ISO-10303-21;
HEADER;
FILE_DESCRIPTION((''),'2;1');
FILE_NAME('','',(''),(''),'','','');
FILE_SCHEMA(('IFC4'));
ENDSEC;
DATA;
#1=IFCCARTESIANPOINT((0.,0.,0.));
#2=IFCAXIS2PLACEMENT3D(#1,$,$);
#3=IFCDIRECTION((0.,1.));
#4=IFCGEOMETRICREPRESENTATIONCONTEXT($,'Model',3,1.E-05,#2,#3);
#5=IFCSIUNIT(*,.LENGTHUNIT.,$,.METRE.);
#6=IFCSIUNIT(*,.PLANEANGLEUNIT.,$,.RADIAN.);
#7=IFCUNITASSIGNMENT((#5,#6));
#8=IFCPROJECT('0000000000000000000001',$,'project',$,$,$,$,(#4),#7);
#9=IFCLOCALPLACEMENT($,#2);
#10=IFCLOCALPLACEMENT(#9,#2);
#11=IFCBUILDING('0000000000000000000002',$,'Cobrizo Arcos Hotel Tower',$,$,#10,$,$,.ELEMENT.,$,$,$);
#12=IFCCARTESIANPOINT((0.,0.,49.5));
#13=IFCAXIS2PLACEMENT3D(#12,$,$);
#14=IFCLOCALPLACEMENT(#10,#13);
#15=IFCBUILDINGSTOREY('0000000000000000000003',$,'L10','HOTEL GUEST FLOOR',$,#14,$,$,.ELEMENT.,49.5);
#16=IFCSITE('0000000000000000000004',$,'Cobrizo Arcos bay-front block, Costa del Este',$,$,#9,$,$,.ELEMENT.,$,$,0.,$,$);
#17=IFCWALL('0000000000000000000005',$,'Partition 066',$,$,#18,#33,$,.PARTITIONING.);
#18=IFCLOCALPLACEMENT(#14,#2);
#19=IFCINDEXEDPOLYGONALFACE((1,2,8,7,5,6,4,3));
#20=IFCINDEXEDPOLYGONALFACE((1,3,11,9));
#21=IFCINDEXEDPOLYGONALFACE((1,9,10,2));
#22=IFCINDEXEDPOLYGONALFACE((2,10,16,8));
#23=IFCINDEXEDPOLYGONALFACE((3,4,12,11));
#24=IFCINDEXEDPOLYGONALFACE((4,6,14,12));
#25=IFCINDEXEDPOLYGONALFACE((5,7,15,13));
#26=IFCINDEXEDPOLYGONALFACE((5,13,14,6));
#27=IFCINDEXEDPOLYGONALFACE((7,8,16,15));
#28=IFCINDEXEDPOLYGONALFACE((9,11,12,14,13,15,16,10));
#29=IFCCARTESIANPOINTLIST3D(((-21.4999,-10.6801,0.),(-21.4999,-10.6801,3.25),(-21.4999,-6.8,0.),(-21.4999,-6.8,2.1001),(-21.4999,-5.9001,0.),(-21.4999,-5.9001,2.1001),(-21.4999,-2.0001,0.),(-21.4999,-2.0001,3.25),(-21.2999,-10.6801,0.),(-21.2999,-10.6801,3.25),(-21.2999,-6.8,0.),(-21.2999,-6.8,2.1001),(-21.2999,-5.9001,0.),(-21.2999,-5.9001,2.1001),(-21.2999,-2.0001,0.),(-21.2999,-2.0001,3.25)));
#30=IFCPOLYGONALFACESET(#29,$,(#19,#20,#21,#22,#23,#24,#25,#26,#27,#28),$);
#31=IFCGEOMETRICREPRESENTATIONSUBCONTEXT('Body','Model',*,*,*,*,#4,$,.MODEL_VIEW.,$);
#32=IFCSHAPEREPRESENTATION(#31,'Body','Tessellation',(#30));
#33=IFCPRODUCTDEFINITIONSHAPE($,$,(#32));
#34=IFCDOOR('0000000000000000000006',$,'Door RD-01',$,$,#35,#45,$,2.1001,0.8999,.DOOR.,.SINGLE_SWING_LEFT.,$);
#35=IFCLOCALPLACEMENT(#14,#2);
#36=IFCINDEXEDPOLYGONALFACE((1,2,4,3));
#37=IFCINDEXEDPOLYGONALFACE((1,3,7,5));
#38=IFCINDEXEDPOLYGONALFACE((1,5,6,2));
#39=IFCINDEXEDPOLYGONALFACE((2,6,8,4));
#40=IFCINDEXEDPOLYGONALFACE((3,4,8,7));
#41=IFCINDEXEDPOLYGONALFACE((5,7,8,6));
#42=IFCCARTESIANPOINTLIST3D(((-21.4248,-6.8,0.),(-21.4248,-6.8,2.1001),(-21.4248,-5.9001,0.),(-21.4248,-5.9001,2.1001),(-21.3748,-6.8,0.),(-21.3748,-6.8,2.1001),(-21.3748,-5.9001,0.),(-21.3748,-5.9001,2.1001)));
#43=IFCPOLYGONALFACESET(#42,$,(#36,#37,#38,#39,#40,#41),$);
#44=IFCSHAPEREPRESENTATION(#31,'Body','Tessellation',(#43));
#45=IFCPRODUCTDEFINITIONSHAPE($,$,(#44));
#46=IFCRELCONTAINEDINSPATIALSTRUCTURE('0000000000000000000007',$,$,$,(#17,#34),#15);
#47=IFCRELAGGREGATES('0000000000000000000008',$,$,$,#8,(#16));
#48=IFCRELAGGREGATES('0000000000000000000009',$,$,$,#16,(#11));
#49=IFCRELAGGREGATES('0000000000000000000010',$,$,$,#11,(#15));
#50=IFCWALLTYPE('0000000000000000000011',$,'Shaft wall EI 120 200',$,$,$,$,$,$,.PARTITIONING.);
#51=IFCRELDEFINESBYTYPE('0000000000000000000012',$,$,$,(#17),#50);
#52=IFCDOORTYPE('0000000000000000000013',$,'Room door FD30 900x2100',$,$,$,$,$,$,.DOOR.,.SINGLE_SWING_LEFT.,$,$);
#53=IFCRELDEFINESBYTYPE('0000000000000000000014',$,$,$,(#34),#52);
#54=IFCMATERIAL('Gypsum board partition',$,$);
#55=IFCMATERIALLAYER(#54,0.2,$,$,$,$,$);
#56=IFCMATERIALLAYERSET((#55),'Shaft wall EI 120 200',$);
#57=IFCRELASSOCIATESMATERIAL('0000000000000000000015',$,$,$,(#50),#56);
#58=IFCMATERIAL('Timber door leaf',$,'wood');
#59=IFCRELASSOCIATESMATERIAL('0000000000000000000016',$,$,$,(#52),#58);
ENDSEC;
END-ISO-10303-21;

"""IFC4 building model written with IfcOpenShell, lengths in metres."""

from ifc_helpers import new_model, si_unit, direction, frame, frame_2d, origin, place, context, subcontext, project, spatial, rectangle, extrude, material, layer, layer_set, type_object, element, fill, save


model = new_model("IFC4")

# Units and contexts
model_context = context("Model", 3, precision=1e-05, world=origin(), true_north=direction((0.0, 1.0)))
body_context = subcontext(model_context, "Body", "Model", "MODEL_VIEW")
ifc_project = project(units=[si_unit("LENGTHUNIT", "METRE"), si_unit("PLANEANGLEUNIT", "RADIAN")], contexts=[model_context])

# Site, building, storey
site_placement = place(None, origin())
site = spatial("IfcSite", under=ifc_project, at=site_placement, Name="Cobrizo Arcos bay-front block, Costa del Este", CompositionType="ELEMENT", RefElevation=0.0)
building_placement = place(site_placement, origin())
building = spatial("IfcBuilding", under=site, at=building_placement, Name="Cobrizo Arcos Hotel Tower", CompositionType="ELEMENT")
storey_placement = place(building_placement, frame((0.0, 0.0, 49.5)))
storey = spatial("IfcBuildingStorey", under=building, at=storey_placement, Name="L10", Description="HOTEL GUEST FLOOR", CompositionType="ELEMENT", Elevation=49.5)

# Shared definitions
ifc_material_1 = material(Name="Gypsum board partition")

# Shared definitions
ifc_material_2 = material(Name="Timber door leaf", Category="wood")

# Wall, opening, door
ifc_layer_1 = layer(ifc_material_1, 0.2)
ifc_layer_set_1 = layer_set([ifc_layer_1], Name="Shaft wall EI 120 200")
wall_type_1 = type_object("IfcWallType", Name="Shaft wall EI 120 200", PredefinedType="PARTITIONING", material=ifc_layer_set_1)
wall_1_placement = place(storey_placement, frame((-21.3999, -10.6799, 0.0), z_axis=(0.0, 0.0, 1.0), x_axis=(0.0, 1.0, 0.0)))
wall_1 = element("IfcWall", 1, at=wall_1_placement, inside=storey, type_object=wall_type_1, Name="Partition 066", PredefinedType="PARTITIONING", context=body_context, shape_type="SweptSolid", body=[
    extrude(rectangle(XDim=8.6799, YDim=0.2, at=frame_2d((4.3398, 0.0))), origin(), (0.0, 0.0, 1.0), 3.25),
])
opening_1_placement = place(wall_1_placement, frame((3.8799, 0.0, 0.0)))
opening_1 = element("IfcOpeningElement", 2, at=opening_1_placement, cuts=wall_1, PredefinedType="OPENING", context=body_context, shape_type="SweptSolid", body=[
    extrude(rectangle(XDim=0.8999, YDim=2.1001, at=frame_2d((0.45, 1.05))), frame((0.0, 0.1121, 0.0), z_axis=(0.0, -1.0, 0.0), x_axis=(1.0, 0.0, 0.0)), (0.0, 0.0, 1.0), 0.2239),
])
door_type_1 = type_object("IfcDoorType", Name="Room door FD30 900x2100", OperationType="SINGLE_SWING_LEFT", PredefinedType="DOOR", material=ifc_material_2)
door_1_placement = place(opening_1_placement, origin())
door_1 = element("IfcDoor", 3, at=door_1_placement, inside=storey, type_object=door_type_1, Name="Door RD-01", OperationType="SINGLE_SWING_LEFT", OverallHeight=2.1001, OverallWidth=0.8999, PredefinedType="DOOR", context=body_context, shape_type="SweptSolid", body=[
    extrude(rectangle(XDim=0.8999, YDim=2.1001, at=frame_2d((0.45, 1.05))), frame((0.0, 0.0249, 0.0), z_axis=(0.0, -1.0, 0.0), x_axis=(1.0, 0.0, 0.0)), (0.0, 0.0, 1.0), 0.05),
])
fill(opening_1, door_1)

save(model, "model.ifc")
